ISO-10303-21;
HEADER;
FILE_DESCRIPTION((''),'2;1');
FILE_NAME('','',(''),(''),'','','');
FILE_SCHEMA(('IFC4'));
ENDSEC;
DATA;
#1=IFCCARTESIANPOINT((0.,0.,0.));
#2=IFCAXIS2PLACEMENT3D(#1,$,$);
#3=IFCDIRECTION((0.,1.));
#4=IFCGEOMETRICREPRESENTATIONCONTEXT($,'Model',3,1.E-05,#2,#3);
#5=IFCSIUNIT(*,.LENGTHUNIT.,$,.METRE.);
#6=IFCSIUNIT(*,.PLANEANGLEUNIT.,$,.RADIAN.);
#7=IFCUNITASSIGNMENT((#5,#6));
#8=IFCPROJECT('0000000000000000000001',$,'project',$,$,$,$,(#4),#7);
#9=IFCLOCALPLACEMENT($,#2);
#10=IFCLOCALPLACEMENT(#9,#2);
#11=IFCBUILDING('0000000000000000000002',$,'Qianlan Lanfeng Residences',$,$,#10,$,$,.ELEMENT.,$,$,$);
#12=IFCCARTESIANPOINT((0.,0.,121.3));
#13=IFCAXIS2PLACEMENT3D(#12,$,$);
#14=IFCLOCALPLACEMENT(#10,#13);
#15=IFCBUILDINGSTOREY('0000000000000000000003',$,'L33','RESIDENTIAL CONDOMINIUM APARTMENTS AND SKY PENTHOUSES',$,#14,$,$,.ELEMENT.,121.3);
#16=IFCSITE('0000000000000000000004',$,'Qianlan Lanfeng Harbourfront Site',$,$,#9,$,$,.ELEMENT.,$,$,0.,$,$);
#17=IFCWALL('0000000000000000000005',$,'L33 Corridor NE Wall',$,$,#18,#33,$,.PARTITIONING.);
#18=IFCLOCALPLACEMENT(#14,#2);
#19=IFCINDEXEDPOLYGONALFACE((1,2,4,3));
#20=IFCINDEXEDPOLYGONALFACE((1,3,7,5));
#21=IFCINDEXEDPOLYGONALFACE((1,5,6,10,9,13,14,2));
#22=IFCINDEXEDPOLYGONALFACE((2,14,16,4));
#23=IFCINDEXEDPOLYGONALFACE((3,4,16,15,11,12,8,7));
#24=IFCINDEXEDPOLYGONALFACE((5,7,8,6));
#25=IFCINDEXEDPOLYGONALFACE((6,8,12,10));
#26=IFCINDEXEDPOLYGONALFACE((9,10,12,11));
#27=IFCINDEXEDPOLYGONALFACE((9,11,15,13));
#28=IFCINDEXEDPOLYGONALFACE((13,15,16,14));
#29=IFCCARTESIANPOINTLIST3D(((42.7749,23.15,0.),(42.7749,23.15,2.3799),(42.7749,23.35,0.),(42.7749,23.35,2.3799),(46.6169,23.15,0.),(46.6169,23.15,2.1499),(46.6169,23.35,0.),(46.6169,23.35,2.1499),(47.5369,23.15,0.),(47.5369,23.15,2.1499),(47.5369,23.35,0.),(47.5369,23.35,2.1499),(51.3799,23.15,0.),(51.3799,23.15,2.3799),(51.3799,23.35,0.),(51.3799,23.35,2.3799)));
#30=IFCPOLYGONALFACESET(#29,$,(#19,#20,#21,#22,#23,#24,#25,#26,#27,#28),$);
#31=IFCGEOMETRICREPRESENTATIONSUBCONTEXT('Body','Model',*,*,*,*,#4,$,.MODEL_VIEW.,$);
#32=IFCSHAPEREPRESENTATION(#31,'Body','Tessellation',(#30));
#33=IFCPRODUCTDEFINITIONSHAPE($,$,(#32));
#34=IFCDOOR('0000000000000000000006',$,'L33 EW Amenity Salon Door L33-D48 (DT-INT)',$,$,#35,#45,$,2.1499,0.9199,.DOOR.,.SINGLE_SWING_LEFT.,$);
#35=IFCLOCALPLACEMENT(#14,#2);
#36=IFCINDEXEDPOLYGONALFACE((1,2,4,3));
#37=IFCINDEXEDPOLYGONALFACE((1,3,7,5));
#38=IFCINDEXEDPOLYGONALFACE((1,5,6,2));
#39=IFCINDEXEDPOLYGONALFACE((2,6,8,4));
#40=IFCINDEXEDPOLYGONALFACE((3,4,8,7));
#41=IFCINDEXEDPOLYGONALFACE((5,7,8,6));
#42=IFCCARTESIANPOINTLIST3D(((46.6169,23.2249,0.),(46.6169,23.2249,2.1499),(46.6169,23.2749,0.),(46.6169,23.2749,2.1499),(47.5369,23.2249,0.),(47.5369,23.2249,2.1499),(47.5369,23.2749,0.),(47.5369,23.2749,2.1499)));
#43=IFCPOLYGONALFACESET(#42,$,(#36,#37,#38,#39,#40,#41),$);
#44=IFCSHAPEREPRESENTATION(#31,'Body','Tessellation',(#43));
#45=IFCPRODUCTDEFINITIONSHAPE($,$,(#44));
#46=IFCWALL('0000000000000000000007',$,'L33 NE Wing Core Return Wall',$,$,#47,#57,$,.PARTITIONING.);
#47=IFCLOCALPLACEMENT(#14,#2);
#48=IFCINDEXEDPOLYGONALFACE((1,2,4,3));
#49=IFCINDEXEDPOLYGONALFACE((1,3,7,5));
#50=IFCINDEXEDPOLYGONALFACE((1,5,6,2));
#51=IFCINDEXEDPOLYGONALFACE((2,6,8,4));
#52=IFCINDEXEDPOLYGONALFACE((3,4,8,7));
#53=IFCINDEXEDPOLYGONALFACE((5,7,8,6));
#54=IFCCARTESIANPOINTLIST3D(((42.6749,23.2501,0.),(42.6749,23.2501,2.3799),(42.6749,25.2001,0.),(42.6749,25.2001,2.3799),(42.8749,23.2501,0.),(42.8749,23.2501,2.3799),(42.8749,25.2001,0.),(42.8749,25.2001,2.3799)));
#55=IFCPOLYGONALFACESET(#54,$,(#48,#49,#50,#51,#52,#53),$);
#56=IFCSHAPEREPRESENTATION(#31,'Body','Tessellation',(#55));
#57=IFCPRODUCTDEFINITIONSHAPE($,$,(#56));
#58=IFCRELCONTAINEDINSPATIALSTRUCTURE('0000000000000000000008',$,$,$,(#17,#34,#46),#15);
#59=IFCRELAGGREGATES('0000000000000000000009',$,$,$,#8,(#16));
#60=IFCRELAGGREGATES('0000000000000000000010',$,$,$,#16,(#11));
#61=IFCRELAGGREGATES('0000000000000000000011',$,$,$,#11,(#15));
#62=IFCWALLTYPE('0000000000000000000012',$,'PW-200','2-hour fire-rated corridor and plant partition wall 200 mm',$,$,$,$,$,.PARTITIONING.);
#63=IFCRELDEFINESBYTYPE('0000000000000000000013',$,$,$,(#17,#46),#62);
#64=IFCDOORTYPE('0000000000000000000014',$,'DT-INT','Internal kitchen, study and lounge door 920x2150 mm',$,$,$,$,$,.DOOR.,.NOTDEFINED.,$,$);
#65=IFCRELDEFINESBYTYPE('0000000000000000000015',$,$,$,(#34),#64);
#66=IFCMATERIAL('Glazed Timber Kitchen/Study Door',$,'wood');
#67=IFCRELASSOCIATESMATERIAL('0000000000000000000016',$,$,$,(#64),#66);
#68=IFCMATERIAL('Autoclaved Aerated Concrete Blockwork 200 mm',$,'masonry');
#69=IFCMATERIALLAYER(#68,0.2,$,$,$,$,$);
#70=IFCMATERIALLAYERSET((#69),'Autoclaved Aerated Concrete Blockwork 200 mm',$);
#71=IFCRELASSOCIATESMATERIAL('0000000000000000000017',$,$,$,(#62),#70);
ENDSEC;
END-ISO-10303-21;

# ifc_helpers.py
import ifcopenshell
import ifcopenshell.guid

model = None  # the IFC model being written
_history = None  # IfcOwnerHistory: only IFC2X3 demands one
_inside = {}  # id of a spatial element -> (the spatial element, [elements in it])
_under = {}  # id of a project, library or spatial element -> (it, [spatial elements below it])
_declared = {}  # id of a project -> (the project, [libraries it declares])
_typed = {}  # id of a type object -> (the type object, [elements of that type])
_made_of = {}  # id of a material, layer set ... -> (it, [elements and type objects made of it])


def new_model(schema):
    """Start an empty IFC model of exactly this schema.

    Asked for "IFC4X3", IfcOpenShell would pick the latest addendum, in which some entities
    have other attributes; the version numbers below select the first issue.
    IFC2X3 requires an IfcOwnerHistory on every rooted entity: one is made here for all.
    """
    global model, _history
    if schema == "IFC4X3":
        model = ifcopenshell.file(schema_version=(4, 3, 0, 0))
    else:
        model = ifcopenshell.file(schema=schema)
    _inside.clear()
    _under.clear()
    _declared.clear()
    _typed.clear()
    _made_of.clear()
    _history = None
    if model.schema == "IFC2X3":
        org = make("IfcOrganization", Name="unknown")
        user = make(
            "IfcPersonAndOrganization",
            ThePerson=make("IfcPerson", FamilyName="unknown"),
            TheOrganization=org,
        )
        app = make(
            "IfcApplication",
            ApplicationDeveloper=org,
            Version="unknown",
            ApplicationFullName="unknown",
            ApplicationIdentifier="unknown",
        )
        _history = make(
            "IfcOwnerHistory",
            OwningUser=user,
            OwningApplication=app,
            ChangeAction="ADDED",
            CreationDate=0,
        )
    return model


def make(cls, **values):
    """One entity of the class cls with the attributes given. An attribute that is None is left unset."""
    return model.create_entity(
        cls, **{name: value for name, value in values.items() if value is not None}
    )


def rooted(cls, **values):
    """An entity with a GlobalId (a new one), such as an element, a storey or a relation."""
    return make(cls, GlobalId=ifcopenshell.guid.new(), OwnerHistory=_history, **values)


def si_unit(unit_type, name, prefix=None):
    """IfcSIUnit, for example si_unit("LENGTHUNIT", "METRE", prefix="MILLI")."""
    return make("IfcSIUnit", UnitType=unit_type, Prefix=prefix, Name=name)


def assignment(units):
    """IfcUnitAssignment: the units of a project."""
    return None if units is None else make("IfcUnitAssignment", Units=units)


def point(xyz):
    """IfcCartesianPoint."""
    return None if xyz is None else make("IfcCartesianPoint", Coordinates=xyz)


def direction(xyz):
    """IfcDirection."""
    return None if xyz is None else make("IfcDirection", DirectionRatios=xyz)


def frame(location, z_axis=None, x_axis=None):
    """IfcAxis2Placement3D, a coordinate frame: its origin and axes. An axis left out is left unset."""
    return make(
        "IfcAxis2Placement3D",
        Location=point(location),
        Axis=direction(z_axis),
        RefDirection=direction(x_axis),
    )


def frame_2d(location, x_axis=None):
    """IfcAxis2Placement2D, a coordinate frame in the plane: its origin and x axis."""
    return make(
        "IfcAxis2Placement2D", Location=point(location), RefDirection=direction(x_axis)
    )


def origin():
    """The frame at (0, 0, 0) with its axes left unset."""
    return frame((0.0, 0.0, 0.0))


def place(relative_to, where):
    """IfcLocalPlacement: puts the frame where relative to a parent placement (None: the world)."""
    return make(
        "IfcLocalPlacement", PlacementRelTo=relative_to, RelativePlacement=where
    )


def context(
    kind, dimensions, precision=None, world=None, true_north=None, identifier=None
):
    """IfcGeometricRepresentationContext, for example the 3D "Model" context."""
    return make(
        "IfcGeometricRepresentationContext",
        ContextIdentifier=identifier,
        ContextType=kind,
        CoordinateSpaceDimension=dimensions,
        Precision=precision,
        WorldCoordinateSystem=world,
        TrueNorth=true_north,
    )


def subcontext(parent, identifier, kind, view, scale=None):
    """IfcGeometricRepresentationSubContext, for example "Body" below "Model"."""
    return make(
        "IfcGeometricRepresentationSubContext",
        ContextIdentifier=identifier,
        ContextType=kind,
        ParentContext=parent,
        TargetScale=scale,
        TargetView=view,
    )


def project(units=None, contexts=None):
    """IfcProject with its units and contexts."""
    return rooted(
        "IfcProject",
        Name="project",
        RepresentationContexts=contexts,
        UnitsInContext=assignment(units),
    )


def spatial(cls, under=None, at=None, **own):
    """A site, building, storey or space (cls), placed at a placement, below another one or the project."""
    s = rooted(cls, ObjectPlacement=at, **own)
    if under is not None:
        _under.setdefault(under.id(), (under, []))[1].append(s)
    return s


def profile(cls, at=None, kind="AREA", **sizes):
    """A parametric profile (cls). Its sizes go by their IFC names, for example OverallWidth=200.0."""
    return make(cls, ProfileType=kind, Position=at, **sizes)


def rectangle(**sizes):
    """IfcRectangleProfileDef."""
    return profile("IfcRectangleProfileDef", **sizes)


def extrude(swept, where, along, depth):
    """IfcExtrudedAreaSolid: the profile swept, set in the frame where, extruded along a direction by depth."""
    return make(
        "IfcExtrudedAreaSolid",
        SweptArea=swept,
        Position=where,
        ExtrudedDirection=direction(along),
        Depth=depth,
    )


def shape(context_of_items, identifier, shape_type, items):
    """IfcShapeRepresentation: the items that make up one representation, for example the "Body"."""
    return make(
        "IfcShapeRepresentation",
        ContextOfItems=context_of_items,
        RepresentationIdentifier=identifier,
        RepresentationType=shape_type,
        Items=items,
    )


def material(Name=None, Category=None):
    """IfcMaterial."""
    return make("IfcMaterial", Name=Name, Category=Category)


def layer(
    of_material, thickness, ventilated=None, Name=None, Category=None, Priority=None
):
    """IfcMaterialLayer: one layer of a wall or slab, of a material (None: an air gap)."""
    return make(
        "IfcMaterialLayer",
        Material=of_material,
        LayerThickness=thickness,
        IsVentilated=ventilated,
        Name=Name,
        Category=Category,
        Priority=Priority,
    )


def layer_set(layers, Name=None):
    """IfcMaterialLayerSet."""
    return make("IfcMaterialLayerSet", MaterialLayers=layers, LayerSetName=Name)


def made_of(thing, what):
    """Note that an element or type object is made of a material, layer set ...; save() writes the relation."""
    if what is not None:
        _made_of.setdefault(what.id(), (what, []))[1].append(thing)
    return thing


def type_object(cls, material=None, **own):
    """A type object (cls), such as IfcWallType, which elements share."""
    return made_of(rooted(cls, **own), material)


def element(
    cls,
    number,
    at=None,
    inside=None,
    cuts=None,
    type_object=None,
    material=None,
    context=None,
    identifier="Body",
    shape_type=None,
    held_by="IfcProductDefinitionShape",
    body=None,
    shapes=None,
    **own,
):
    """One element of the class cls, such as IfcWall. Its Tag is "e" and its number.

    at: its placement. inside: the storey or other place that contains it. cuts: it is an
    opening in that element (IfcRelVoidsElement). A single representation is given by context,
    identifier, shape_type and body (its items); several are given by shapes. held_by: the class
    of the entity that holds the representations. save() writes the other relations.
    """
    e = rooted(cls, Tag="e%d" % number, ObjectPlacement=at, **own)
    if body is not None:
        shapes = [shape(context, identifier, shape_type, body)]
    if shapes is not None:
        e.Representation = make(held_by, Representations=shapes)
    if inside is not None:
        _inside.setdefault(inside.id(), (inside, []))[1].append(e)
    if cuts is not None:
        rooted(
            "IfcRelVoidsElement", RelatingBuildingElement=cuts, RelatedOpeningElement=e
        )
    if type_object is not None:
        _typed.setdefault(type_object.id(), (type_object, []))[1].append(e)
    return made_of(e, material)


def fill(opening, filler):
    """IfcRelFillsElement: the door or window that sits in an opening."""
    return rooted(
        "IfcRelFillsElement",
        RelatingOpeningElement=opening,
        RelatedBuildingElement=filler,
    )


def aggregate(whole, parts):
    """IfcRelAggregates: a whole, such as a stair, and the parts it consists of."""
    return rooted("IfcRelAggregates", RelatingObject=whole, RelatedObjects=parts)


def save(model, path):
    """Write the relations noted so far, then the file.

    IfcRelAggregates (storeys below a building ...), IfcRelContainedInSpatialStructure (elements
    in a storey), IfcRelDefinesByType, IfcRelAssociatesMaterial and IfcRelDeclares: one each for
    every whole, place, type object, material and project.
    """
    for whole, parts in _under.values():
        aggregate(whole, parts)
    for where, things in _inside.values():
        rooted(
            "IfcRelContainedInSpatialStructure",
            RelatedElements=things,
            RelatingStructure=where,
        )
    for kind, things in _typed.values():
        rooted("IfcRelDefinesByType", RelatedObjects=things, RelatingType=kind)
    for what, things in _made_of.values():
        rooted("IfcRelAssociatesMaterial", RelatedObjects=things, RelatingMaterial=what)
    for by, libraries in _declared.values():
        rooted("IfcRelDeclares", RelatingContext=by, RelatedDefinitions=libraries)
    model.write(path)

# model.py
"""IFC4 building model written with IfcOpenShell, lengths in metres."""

from ifc_helpers import new_model, si_unit, direction, frame, frame_2d, origin, place, context, subcontext, project, spatial, rectangle, extrude, material, layer, layer_set, type_object, element, fill, save


model = new_model("IFC4")

# Units and contexts
model_context = context("Model", 3, precision=1e-05, world=origin(), true_north=direction((0.0, 1.0)))
body_context = subcontext(model_context, "Body", "Model", "MODEL_VIEW")
ifc_project = project(units=[si_unit("LENGTHUNIT", "METRE"), si_unit("PLANEANGLEUNIT", "RADIAN")], contexts=[model_context])

# Site, building, storey
site_placement = place(None, origin())
site = spatial("IfcSite", under=ifc_project, at=site_placement, Name="Qianlan Lanfeng Harbourfront Site", CompositionType="ELEMENT", RefElevation=0.0)
building_placement = place(site_placement, origin())
building = spatial("IfcBuilding", under=site, at=building_placement, Name="Qianlan Lanfeng Residences", CompositionType="ELEMENT")
storey_placement = place(building_placement, frame((0.0, 0.0, 121.3)))
storey = spatial("IfcBuildingStorey", under=building, at=storey_placement, Name="L33", Description="RESIDENTIAL CONDOMINIUM APARTMENTS AND SKY PENTHOUSES", CompositionType="ELEMENT", Elevation=121.3)

# Wall, opening, door
ifc_material_1 = material(Name="Glazed Timber Kitchen/Study Door", Category="wood")
door_type = type_object("IfcDoorType", Name="DT-INT", Description="Internal kitchen, study and lounge door 920x2150 mm", OperationType="NOTDEFINED", PredefinedType="DOOR", material=ifc_material_1)
ifc_material_2 = material(Name="Autoclaved Aerated Concrete Blockwork 200 mm", Category="masonry")
ifc_layer_1 = layer(ifc_material_2, 0.2)
ifc_layer_set_1 = layer_set([ifc_layer_1], Name="Autoclaved Aerated Concrete Blockwork 200 mm")
wall_type_1 = type_object("IfcWallType", Name="PW-200", Description="2-hour fire-rated corridor and plant partition wall 200 mm", PredefinedType="PARTITIONING", material=ifc_layer_set_1)
wall_1_placement = place(storey_placement, frame((42.7749, 23.25, 0.0), z_axis=(0.0, 0.0, 1.0), x_axis=(1.0, 0.0, 0.0)))
wall_1 = element("IfcWall", 1, at=wall_1_placement, inside=storey, type_object=wall_type_1, Name="L33 Corridor NE Wall", PredefinedType="PARTITIONING", context=body_context, shape_type="SweptSolid", body=[
    extrude(rectangle(XDim=8.605, YDim=0.2, at=frame_2d((4.3025, 0.0))), origin(), (0.0, 0.0, 1.0), 2.3799),
])
opening_1_placement = place(wall_1_placement, frame((3.842, 0.0, 0.0)))
opening_1 = element("IfcOpeningElement", 2, at=opening_1_placement, cuts=wall_1, PredefinedType="OPENING", context=body_context, shape_type="SweptSolid", body=[
    extrude(rectangle(XDim=0.9199, YDim=2.1499, at=frame_2d((0.46, 1.075))), frame((0.0, 0.1099, 0.0), z_axis=(0.0, -1.0, 0.0), x_axis=(1.0, 0.0, 0.0)), (0.0, 0.0, 1.0), 0.22),
])
door_1_placement = place(opening_1_placement, origin())
door_1 = element("IfcDoor", 3, at=door_1_placement, inside=storey, type_object=door_type, Name="L33 EW Amenity Salon Door L33-D48 (DT-INT)", OperationType="SINGLE_SWING_LEFT", OverallHeight=2.1499, OverallWidth=0.9199, PredefinedType="DOOR", context=body_context, shape_type="SweptSolid", body=[
    extrude(rectangle(XDim=0.9199, YDim=2.1499, at=frame_2d((0.46, 1.075))), frame((0.0, 0.0249, 0.0), z_axis=(0.0, -1.0, 0.0), x_axis=(1.0, 0.0, 0.0)), (0.0, 0.0, 1.0), 0.05),
])
fill(opening_1, door_1)

# Wall
wall_2_placement = place(storey_placement, frame((42.7749, 23.25, 0.0), z_axis=(0.0, 0.0, 1.0), x_axis=(0.0, 1.0, 0.0)))
element("IfcWall", 4, at=wall_2_placement, inside=storey, type_object=wall_type_1, Name="L33 NE Wing Core Return Wall", PredefinedType="PARTITIONING", context=body_context, shape_type="SweptSolid", body=[
    extrude(rectangle(XDim=1.95, YDim=0.2, at=frame_2d((0.9751, 0.0))), origin(), (0.0, 0.0, 1.0), 2.3799),
])

save(model, "model.ifc")
